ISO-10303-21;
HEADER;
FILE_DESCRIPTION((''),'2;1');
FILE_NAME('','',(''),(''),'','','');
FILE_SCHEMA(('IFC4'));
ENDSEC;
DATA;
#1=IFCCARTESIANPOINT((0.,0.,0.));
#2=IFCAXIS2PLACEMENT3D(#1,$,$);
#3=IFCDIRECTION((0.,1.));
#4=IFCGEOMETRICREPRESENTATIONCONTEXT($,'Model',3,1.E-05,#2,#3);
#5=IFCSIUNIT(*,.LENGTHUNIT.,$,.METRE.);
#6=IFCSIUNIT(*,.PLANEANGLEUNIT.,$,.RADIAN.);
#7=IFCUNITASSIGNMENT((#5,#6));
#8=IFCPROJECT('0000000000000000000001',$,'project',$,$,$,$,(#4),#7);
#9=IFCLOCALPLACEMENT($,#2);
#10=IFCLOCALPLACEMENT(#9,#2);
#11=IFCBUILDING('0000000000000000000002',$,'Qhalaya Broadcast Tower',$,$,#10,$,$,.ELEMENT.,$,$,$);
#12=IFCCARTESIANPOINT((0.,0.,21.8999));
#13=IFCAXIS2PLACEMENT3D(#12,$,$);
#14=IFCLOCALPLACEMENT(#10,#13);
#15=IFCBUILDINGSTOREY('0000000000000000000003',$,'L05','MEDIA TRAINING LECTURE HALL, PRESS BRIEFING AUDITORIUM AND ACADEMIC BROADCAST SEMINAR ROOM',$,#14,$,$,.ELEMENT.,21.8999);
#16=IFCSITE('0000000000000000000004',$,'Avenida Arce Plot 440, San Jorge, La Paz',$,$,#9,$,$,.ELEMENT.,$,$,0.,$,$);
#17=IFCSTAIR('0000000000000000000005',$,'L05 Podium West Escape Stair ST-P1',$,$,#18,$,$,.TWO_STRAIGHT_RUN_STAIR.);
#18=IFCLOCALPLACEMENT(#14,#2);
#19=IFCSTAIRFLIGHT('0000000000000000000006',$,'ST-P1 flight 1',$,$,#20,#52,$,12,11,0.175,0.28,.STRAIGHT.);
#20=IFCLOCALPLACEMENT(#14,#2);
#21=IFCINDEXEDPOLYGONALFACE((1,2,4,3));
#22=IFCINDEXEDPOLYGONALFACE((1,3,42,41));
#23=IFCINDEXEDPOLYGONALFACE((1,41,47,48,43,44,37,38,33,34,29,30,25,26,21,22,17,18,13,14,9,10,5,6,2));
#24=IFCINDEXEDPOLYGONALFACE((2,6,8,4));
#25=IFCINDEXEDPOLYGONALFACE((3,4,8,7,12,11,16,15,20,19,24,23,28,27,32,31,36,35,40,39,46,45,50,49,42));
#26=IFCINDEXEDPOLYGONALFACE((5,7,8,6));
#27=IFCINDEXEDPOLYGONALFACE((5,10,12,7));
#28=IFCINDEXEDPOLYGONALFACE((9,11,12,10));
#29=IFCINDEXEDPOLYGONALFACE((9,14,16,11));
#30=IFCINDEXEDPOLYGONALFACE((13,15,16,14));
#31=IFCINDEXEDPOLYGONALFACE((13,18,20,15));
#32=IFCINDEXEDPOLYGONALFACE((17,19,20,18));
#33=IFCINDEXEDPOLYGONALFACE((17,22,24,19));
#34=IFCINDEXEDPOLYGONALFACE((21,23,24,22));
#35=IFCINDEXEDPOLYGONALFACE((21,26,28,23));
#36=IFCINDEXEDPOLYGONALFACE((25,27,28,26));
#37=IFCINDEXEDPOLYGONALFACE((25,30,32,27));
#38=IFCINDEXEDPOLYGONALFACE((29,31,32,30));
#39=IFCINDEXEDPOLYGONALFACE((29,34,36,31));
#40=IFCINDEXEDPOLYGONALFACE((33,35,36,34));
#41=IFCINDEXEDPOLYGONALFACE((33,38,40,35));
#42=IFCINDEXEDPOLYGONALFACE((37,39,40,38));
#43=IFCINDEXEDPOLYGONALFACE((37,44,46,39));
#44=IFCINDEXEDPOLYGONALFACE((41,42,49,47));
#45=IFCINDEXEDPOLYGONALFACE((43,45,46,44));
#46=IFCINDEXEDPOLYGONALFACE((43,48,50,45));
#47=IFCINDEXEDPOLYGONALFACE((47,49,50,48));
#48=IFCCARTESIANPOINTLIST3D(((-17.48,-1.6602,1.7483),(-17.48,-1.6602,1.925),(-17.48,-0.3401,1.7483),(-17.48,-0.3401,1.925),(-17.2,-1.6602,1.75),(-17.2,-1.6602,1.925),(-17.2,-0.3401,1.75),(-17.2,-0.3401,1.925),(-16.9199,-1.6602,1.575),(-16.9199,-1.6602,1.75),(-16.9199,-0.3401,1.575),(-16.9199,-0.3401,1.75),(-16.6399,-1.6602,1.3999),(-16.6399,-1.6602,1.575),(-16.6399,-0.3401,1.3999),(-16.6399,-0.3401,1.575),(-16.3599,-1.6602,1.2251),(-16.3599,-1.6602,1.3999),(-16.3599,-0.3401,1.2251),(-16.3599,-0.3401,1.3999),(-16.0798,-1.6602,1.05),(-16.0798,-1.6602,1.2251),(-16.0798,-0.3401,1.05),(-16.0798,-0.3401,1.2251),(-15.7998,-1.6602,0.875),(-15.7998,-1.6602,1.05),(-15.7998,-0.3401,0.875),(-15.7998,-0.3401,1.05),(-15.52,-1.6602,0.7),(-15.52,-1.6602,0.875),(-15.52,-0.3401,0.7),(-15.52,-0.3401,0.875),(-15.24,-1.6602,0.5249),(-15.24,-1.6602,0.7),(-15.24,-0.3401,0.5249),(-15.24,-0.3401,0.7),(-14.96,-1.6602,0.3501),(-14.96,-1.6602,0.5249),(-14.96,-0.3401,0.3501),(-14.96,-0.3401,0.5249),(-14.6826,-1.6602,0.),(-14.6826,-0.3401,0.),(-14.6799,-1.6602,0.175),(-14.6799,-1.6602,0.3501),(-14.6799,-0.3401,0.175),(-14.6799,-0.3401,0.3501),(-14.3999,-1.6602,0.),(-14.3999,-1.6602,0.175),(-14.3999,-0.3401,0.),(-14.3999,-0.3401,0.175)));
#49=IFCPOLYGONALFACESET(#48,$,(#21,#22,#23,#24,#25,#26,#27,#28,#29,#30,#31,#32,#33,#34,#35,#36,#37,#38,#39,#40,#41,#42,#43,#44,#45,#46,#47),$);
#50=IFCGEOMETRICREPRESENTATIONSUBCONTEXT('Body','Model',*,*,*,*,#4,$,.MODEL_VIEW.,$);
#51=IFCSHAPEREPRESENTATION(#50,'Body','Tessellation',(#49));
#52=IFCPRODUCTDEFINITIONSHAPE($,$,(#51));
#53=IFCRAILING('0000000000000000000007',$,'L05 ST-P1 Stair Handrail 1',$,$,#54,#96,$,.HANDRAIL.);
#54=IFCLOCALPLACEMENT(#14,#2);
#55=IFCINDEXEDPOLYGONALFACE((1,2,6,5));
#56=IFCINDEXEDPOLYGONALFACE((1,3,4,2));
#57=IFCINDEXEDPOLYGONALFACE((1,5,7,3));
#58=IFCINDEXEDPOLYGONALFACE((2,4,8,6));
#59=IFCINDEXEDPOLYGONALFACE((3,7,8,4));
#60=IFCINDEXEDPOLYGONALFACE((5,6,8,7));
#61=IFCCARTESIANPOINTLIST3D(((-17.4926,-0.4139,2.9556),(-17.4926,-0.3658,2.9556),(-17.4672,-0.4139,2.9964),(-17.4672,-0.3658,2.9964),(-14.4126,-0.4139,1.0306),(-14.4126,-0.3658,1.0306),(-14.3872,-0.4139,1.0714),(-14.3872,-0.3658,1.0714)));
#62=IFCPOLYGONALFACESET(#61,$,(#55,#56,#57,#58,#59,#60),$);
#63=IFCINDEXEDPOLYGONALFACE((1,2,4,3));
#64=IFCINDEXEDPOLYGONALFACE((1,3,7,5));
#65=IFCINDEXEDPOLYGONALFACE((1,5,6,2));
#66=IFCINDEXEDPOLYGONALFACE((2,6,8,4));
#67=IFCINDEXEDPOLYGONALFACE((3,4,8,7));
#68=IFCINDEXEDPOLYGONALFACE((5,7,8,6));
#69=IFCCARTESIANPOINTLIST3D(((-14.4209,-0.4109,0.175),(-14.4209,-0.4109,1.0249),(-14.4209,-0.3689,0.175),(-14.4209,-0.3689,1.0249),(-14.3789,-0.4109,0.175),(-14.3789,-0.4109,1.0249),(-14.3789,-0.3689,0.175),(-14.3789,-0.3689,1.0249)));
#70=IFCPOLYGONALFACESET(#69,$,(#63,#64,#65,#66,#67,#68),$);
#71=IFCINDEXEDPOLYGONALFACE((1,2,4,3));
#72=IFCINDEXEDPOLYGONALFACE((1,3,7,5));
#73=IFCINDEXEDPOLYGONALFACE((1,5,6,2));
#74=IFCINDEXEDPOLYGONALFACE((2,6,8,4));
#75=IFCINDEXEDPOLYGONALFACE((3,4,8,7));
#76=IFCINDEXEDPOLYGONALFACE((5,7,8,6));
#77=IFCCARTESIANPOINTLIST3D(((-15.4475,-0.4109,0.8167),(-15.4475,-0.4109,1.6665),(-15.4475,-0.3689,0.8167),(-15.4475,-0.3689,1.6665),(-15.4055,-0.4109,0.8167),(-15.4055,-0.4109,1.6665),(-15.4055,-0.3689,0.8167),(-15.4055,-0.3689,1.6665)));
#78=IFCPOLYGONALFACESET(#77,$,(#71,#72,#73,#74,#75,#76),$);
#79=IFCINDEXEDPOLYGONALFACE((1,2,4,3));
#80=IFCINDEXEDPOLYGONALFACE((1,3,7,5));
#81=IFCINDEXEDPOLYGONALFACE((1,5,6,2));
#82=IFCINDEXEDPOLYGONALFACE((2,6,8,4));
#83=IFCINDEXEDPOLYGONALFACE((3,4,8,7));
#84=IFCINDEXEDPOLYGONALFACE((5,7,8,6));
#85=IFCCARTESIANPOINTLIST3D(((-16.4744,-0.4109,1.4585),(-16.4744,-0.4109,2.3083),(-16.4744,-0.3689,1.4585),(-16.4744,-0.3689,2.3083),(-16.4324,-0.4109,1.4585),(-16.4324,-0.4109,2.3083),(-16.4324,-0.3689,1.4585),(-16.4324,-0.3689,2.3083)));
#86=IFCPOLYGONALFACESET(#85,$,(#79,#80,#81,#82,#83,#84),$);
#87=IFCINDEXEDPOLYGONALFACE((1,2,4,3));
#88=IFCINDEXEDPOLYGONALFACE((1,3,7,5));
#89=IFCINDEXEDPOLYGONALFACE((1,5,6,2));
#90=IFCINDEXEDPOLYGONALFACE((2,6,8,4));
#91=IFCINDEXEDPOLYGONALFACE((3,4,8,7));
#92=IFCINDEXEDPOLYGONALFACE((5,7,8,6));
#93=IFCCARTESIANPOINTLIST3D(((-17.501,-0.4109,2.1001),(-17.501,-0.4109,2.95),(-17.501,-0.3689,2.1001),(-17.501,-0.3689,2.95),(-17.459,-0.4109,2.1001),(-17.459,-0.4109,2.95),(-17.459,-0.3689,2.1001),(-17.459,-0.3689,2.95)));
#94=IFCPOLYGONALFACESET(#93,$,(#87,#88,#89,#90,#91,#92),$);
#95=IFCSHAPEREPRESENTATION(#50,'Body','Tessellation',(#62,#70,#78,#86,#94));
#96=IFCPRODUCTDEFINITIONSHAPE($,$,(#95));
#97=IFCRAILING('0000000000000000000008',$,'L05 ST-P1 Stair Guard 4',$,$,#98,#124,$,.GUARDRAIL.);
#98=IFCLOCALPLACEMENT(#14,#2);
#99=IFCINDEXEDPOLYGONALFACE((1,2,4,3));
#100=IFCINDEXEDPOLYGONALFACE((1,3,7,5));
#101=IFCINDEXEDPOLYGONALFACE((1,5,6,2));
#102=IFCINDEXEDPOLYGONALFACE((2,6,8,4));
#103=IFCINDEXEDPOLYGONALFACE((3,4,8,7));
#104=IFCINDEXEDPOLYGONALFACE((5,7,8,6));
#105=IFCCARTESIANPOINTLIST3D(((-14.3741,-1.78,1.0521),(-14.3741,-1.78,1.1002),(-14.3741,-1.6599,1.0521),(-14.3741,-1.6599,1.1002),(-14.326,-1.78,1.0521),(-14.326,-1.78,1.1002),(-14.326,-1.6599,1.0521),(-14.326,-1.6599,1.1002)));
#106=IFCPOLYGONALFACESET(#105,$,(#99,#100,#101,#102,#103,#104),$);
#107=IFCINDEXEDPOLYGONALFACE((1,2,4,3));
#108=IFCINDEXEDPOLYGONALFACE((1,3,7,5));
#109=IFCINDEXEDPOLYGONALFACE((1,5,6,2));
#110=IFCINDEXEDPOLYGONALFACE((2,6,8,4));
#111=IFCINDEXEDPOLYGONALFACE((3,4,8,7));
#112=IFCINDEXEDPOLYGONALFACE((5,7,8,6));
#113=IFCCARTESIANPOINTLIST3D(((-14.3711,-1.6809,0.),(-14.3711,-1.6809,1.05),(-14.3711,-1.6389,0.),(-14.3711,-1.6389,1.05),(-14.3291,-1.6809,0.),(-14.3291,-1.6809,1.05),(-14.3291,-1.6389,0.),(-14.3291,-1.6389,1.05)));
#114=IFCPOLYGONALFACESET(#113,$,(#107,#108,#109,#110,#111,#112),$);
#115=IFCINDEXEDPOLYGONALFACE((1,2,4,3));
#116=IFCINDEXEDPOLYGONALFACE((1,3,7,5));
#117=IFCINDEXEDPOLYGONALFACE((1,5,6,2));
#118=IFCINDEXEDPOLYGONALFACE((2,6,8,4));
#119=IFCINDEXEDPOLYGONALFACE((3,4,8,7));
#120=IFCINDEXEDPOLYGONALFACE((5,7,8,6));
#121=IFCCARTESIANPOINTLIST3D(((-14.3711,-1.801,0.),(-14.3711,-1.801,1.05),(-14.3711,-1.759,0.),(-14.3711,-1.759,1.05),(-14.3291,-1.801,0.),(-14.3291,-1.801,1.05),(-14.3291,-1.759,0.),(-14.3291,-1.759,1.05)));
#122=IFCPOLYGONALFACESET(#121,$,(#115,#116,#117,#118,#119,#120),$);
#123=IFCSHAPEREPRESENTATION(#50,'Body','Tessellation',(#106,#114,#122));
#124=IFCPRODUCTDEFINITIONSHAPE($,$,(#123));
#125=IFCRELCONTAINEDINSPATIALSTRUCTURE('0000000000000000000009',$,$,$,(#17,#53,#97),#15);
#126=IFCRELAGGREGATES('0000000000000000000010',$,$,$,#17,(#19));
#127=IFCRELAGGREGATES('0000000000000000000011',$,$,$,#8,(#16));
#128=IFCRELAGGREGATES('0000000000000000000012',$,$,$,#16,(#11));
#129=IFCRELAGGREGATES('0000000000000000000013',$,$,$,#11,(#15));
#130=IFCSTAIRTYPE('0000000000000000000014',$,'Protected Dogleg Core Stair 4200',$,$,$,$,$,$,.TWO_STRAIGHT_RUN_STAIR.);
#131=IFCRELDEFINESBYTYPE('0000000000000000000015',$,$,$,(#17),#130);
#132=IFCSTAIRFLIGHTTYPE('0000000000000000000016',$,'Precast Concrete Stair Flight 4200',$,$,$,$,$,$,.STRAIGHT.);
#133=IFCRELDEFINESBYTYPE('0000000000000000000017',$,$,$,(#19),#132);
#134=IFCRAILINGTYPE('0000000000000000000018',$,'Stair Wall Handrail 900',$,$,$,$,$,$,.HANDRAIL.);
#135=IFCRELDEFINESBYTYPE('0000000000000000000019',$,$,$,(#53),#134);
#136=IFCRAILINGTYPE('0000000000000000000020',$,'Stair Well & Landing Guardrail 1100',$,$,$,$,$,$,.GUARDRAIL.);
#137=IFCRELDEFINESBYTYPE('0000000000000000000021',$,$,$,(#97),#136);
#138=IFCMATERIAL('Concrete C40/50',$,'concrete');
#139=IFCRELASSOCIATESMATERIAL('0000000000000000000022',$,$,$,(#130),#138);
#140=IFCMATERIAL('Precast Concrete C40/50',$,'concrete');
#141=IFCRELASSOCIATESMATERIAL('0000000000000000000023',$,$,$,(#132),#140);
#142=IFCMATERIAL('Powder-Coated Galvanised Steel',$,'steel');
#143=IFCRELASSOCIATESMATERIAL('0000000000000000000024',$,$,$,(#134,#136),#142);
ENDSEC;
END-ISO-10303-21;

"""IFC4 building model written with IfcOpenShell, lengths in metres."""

from ifc_helpers import new_model, si_unit, direction, frame, origin, origin_2d, place, context, subcontext, project, spatial, polyline, rectangle, outline, extrude, material, type_object, element, aggregate, save


model = new_model("IFC4")

# Units and contexts
model_context = context("Model", 3, precision=1e-05, world=origin(), true_north=direction((0.0, 1.0)))
body_context = subcontext(model_context, "Body", "Model", "MODEL_VIEW")
ifc_project = project(units=[si_unit("LENGTHUNIT", "METRE"), si_unit("PLANEANGLEUNIT", "RADIAN")], contexts=[model_context])

# Site, building, storey
site_placement = place(None, origin())
site = spatial("IfcSite", under=ifc_project, at=site_placement, Name="Avenida Arce Plot 440, San Jorge, La Paz", CompositionType="ELEMENT", RefElevation=0.0)
building_placement = place(site_placement, origin())
building = spatial("IfcBuilding", under=site, at=building_placement, Name="Qhalaya Broadcast Tower", CompositionType="ELEMENT")
storey_placement = place(building_placement, frame((0.0, 0.0, 21.8999)))
storey = spatial("IfcBuildingStorey", under=building, at=storey_placement, Name="L05", Description="MEDIA TRAINING LECTURE HALL, PRESS BRIEFING AUDITORIUM AND ACADEMIC BROADCAST SEMINAR ROOM", CompositionType="ELEMENT", Elevation=21.8999)

# Stair, stair flight
ifc_material_1 = material(Name="Concrete C40/50", Category="concrete")
stair_type = type_object("IfcStairType", Name="Protected Dogleg Core Stair 4200", PredefinedType="TWO_STRAIGHT_RUN_STAIR", material=ifc_material_1)
stair_placement = place(storey_placement, origin())
stair = element("IfcStair", 1, at=stair_placement, inside=storey, type_object=stair_type, Name="L05 Podium West Escape Stair ST-P1", PredefinedType="TWO_STRAIGHT_RUN_STAIR")
ifc_material_2 = material(Name="Precast Concrete C40/50", Category="concrete")
stair_flight_type = type_object("IfcStairFlightType", Name="Precast Concrete Stair Flight 4200", PredefinedType="STRAIGHT", material=ifc_material_2)
stair_flight_placement = place(storey_placement, frame((-14.3999, -1.0, 0.0), z_axis=(0.0, 0.0, 1.0), x_axis=(-1.0, 0.0, 0.0)))
stair_flight = element("IfcStairFlight", 2, at=stair_flight_placement, type_object=stair_flight_type, Name="ST-P1 flight 1", NumberOfRisers=12, NumberOfTreads=11, PredefinedType="STRAIGHT", RiserHeight=0.175, TreadLength=0.28, context=body_context, shape_type="SweptSolid", body=[
    extrude(outline(polyline([(0.0, 0.0), (0.0, 0.175), (0.28, 0.175), (0.28, 0.3501), (0.5601, 0.3501), (0.5601, 0.5249), (0.8401, 0.5249), (0.8401, 0.7), (1.1201, 0.7), (1.1201, 0.875), (1.3999, 0.875), (1.3999, 1.05), (1.6799, 1.05), (1.6799, 1.2251), (1.96, 1.2251), (1.96, 1.3999), (2.24, 1.3999), (2.24, 1.575), (2.52, 1.575), (2.52, 1.75), (2.8, 1.75), (2.8, 1.925), (3.0801, 1.925), (3.0801, 2.1001), (3.0801, 1.7483), (0.2827, 0.0), (0.0, 0.0)])), frame((0.0, 0.6602, 0.0), z_axis=(0.0, -1.0, 0.0), x_axis=(1.0, 0.0, 0.0)), (0.0, 0.0, 1.0), 1.3201),
])
aggregate(stair, [stair_flight])

# Railings
ifc_material_3 = material(Name="Powder-Coated Galvanised Steel", Category="steel")
railing_type_1 = type_object("IfcRailingType", Name="Stair Wall Handrail 900", PredefinedType="HANDRAIL", material=ifc_material_3)
railing_1_placement = place(storey_placement, frame((-14.3999, -0.3899, 0.175)))
element("IfcRailing", 3, at=railing_1_placement, inside=storey, type_object=railing_type_1, Name="L05 ST-P1 Stair Handrail 1", PredefinedType="HANDRAIL", context=body_context, shape_type="SweptSolid", body=[
    extrude(rectangle(XDim=0.0481, YDim=0.0481, at=origin_2d()), frame((0.0, 0.0, 0.876), z_axis=(-0.847998, 0.0, 0.529999), x_axis=(0.0, -1.0, 0.0)), (0.0, 0.0, 1.0), 3.6321),
    extrude(rectangle(XDim=0.042, YDim=0.042, at=origin_2d()), origin(), (0.0, 0.0, 1.0), 0.8499),
    extrude(rectangle(XDim=0.042, YDim=0.042, at=origin_2d()), frame((-1.0266, 0.0, 0.6416)), (0.0, 0.0, 1.0), 0.8499),
    extrude(rectangle(XDim=0.042, YDim=0.042, at=origin_2d()), frame((-2.0535, 0.0, 1.2834)), (0.0, 0.0, 1.0), 0.8499),
    extrude(rectangle(XDim=0.042, YDim=0.042, at=origin_2d()), frame((-3.0801, 0.0, 1.925)), (0.0, 0.0, 1.0), 0.8499),
])
railing_type_2 = type_object("IfcRailingType", Name="Stair Well & Landing Guardrail 1100", PredefinedType="GUARDRAIL", material=ifc_material_3)
railing_2_placement = place(storey_placement, frame((-14.3501, -1.6599, 0.0)))
element("IfcRailing", 4, at=railing_2_placement, inside=storey, type_object=railing_type_2, Name="L05 ST-P1 Stair Guard 4", PredefinedType="GUARDRAIL", context=body_context, shape_type="SweptSolid", body=[
    extrude(rectangle(XDim=0.0481, YDim=0.0481, at=origin_2d()), frame((0.0, 0.0, 1.0762), z_axis=(0.0, -1.0, 0.0), x_axis=(1.0, 0.0, 0.0)), (0.0, 0.0, 1.0), 0.1201),
    extrude(rectangle(XDim=0.042, YDim=0.042, at=origin_2d()), origin(), (0.0, 0.0, 1.0), 1.05),
    extrude(rectangle(XDim=0.042, YDim=0.042, at=origin_2d()), frame((0.0, -0.1201, 0.0)), (0.0, 0.0, 1.0), 1.05),
])

save(model, "model.ifc")
